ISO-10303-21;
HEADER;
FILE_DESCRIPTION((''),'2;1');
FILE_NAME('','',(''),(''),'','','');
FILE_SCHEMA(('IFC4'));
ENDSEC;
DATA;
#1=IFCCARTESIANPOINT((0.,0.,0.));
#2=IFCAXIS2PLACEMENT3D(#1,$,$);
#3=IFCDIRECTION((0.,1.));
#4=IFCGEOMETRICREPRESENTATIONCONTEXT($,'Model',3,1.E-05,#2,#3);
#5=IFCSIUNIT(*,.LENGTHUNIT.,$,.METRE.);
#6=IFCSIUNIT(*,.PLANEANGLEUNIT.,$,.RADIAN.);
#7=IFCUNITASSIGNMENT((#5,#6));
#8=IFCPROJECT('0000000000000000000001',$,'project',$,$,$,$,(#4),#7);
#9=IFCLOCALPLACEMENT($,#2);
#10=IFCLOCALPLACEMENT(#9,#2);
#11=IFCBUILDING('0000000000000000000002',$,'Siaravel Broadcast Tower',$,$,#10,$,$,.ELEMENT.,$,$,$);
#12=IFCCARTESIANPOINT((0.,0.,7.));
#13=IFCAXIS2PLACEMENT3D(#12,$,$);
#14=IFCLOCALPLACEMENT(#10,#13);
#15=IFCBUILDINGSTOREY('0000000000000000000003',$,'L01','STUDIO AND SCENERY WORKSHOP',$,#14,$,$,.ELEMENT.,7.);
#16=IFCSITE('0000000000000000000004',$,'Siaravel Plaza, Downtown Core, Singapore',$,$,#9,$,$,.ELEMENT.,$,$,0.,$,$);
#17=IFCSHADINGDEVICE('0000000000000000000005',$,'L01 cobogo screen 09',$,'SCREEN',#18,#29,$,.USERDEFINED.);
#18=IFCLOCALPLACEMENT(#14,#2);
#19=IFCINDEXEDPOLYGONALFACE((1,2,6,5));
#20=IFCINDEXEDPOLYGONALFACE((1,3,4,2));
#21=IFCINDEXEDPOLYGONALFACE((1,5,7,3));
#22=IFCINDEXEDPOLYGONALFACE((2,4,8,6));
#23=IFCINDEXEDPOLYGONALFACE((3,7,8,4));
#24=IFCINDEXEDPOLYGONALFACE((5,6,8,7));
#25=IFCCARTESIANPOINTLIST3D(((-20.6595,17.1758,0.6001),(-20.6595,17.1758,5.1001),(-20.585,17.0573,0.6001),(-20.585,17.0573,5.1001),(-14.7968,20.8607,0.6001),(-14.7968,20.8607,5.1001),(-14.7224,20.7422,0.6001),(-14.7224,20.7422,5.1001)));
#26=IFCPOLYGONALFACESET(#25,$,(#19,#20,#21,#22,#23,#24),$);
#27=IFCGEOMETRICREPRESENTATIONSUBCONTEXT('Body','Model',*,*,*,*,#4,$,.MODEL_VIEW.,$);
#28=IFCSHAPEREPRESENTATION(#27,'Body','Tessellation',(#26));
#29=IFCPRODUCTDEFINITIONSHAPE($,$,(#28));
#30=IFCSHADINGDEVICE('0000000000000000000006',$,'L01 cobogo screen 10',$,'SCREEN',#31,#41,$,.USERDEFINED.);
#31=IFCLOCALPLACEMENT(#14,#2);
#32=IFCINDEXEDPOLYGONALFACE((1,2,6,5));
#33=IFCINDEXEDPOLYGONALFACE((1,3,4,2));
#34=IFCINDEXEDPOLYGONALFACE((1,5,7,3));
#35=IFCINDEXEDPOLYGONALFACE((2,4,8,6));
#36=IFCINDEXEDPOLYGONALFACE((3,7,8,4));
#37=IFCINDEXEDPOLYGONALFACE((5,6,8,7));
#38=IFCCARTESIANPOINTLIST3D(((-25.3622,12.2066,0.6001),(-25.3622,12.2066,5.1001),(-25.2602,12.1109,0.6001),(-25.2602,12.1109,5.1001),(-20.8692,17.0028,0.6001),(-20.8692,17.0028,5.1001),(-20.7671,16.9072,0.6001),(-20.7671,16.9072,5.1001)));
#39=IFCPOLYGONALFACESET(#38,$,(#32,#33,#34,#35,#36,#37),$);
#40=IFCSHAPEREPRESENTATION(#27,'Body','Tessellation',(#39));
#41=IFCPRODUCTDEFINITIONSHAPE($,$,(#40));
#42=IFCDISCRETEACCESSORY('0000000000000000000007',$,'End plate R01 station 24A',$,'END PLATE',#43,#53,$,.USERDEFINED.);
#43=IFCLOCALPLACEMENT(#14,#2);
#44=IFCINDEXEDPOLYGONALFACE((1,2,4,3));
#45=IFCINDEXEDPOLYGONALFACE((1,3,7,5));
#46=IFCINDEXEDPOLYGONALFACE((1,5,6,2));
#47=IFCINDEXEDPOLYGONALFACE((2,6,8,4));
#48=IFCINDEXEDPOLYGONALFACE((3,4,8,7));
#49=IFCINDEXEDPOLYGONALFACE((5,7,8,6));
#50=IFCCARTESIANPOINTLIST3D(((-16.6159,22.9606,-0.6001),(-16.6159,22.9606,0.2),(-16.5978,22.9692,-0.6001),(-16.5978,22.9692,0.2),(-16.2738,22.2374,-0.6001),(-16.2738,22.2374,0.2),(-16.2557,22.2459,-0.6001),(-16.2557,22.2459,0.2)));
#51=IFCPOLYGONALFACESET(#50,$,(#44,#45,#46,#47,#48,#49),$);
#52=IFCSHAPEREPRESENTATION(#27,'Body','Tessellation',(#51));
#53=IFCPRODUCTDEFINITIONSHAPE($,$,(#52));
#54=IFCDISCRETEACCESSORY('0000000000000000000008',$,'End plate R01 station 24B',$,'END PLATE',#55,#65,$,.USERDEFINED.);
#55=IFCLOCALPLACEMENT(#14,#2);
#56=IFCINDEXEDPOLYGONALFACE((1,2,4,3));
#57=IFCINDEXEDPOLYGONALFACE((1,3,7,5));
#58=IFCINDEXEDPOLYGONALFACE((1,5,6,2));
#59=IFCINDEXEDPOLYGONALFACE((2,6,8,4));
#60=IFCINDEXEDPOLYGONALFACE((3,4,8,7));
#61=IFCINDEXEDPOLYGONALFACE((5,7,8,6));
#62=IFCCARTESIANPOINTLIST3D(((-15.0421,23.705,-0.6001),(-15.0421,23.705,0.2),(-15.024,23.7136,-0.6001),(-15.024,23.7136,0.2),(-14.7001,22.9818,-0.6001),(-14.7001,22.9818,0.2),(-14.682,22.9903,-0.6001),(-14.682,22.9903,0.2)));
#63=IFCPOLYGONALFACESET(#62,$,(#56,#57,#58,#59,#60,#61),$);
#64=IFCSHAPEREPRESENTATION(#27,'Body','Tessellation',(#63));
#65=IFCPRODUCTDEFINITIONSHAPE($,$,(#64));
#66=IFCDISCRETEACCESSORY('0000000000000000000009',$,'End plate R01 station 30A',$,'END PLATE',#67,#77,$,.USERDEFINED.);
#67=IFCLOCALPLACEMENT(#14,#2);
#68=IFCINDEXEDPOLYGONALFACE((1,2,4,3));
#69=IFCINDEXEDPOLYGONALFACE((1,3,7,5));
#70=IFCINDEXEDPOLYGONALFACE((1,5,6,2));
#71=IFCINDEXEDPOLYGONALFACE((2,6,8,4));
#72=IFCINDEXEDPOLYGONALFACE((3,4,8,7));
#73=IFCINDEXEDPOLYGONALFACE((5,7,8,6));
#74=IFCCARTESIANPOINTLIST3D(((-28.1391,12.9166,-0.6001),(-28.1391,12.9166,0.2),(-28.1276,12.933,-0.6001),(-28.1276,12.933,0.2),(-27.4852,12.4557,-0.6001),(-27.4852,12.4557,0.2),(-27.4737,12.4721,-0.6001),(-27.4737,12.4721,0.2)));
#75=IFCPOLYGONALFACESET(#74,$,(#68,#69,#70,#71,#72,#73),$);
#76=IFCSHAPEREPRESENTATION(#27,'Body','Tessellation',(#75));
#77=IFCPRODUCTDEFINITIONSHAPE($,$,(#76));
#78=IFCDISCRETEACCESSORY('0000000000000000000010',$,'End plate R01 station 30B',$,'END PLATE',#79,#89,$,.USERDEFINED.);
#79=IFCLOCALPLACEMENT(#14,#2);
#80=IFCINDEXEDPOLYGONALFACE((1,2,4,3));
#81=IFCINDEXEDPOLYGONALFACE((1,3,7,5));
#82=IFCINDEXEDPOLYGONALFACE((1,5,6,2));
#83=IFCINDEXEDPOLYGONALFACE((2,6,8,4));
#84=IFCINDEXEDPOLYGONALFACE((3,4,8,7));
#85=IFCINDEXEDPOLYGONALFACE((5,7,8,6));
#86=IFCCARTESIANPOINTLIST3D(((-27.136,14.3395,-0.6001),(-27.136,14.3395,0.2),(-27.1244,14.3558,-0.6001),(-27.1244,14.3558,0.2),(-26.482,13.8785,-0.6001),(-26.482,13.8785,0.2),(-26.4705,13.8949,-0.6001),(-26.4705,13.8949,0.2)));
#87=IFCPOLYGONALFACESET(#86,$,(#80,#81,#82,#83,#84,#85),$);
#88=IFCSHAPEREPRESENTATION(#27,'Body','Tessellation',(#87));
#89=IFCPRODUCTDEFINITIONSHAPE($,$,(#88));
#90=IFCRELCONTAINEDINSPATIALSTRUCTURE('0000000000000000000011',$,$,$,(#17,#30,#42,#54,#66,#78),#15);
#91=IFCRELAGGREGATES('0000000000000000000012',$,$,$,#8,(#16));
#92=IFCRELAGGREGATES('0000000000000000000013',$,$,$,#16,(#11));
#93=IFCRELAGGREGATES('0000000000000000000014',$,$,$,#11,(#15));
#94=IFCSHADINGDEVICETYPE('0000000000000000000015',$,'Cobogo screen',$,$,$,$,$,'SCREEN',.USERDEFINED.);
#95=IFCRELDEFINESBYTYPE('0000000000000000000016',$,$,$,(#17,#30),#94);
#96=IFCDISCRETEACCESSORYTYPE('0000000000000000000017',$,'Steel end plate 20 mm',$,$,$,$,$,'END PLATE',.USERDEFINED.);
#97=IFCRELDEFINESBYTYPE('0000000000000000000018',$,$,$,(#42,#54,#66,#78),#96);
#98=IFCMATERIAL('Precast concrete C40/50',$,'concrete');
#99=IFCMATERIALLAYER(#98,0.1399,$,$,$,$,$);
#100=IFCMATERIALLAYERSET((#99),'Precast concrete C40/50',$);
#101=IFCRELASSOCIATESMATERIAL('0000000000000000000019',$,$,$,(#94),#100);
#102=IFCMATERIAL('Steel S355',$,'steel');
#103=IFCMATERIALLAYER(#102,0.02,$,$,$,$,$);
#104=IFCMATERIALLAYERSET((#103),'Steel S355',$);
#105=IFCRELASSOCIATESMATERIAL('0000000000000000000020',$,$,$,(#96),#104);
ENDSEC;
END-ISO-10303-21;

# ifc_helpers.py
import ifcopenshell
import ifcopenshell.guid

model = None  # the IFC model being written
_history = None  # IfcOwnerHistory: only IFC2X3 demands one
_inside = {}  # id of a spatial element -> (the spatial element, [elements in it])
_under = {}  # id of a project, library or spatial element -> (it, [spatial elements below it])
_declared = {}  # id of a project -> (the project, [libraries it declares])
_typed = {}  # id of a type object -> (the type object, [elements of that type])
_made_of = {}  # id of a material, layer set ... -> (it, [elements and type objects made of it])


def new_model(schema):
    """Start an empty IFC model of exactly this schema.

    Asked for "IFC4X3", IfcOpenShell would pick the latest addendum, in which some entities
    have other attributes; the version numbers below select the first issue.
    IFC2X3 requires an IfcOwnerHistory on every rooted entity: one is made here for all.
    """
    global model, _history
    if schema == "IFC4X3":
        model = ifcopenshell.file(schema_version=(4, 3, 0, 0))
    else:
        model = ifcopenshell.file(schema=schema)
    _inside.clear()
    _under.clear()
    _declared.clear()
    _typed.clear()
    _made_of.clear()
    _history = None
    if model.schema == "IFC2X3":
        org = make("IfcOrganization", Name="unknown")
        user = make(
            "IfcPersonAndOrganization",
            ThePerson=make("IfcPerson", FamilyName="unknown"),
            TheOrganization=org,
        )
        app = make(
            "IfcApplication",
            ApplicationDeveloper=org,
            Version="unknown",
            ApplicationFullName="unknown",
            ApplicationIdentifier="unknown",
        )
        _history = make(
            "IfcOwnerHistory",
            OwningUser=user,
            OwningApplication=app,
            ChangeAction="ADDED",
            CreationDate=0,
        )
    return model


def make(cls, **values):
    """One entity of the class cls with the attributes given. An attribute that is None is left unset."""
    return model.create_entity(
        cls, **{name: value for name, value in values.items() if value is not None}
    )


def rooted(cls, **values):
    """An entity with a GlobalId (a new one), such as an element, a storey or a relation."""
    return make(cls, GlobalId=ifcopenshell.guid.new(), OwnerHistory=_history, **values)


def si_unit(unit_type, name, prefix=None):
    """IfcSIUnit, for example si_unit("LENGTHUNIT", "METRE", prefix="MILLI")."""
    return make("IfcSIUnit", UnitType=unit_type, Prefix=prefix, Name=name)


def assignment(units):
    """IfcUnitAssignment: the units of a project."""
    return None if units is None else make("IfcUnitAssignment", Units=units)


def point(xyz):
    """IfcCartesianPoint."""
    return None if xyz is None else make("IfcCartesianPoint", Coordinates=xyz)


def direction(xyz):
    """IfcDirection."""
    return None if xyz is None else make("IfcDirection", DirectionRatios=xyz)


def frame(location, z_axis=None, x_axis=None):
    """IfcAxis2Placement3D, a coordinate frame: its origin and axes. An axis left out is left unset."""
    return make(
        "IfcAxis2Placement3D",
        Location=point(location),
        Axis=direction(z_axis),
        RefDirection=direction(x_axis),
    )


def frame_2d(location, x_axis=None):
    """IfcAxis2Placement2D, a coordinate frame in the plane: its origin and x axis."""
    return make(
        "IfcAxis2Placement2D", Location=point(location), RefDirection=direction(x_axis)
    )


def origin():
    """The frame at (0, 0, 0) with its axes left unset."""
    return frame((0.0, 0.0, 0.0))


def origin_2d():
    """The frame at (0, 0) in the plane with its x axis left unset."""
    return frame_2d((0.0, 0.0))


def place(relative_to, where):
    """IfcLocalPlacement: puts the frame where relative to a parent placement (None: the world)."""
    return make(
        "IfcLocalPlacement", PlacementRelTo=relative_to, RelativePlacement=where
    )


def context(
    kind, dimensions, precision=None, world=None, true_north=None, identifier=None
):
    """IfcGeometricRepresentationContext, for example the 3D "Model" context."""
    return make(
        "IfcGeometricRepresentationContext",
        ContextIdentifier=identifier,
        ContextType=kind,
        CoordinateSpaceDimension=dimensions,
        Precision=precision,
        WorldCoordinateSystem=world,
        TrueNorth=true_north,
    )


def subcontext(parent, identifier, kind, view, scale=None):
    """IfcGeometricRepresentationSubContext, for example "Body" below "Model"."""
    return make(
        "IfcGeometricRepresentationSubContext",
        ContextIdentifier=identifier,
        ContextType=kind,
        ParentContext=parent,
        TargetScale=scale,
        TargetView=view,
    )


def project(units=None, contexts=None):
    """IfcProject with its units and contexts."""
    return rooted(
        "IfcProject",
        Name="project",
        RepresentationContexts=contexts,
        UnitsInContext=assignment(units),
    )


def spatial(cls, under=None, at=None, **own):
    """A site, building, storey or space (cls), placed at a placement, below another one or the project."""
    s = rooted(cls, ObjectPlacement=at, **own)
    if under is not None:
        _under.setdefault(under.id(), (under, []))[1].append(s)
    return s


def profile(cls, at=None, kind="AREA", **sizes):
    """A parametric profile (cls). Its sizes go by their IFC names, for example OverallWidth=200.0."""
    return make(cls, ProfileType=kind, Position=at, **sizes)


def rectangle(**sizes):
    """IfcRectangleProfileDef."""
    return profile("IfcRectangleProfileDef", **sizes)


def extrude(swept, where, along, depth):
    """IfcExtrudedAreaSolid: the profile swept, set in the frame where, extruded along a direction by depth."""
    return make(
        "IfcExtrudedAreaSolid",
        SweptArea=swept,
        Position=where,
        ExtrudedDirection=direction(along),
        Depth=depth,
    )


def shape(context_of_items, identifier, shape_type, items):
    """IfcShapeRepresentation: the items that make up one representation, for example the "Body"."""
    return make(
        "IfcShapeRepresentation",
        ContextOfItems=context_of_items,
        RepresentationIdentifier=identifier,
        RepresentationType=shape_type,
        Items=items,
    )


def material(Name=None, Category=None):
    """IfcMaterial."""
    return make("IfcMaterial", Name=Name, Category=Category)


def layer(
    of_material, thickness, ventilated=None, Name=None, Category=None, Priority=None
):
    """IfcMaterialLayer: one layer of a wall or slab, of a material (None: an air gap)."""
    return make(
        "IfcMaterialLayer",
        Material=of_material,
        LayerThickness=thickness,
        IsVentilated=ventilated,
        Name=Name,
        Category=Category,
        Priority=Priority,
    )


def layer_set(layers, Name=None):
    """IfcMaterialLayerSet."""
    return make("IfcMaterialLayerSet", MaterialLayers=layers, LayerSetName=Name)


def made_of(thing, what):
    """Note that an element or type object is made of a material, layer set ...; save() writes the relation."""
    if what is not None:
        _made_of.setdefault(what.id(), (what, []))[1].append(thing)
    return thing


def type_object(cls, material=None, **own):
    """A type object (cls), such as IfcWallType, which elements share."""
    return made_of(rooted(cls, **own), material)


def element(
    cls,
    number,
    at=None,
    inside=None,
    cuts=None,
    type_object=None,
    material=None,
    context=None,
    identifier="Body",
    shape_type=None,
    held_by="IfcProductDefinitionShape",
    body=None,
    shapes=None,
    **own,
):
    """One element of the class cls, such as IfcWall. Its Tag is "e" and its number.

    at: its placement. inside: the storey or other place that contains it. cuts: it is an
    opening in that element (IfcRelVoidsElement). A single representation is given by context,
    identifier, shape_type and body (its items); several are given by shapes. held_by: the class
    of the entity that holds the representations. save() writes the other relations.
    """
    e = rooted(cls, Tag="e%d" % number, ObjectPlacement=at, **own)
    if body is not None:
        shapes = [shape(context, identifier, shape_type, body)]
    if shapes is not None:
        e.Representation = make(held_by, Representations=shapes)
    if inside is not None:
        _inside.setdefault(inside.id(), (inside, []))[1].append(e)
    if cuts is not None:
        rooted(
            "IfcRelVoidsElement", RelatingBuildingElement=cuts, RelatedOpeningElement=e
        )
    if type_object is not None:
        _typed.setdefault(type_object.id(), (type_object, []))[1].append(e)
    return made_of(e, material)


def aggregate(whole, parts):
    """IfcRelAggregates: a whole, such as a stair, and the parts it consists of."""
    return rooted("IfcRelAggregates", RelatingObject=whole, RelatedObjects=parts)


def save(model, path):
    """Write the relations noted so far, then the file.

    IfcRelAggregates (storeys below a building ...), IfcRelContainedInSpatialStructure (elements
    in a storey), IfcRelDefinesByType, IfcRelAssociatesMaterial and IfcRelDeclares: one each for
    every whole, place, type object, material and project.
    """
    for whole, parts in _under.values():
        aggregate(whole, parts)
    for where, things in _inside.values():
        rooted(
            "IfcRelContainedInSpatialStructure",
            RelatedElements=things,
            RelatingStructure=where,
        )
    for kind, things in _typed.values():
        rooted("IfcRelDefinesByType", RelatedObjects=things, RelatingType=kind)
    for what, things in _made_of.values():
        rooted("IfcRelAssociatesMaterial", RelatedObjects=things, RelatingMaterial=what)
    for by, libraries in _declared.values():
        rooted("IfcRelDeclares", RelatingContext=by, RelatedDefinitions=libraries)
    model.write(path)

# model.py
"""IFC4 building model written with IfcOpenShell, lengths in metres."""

from ifc_helpers import new_model, si_unit, direction, frame, origin, origin_2d, place, context, subcontext, project, spatial, rectangle, extrude, material, layer, layer_set, type_object, element, save


model = new_model("IFC4")

# Units and contexts
model_context = context("Model", 3, precision=1e-05, world=origin(), true_north=direction((0.0, 1.0)))
body_context = subcontext(model_context, "Body", "Model", "MODEL_VIEW")
ifc_project = project(units=[si_unit("LENGTHUNIT", "METRE"), si_unit("PLANEANGLEUNIT", "RADIAN")], contexts=[model_context])

# Site, building, storey
site_placement = place(None, origin())
site = spatial("IfcSite", under=ifc_project, at=site_placement, Name="Siaravel Plaza, Downtown Core, Singapore", CompositionType="ELEMENT", RefElevation=0.0)
building_placement = place(site_placement, origin())
building = spatial("IfcBuilding", under=site, at=building_placement, Name="Siaravel Broadcast Tower", CompositionType="ELEMENT")
storey_placement = place(building_placement, frame((0.0, 0.0, 7.0)))
storey = spatial("IfcBuildingStorey", under=building, at=storey_placement, Name="L01", Description="STUDIO AND SCENERY WORKSHOP", CompositionType="ELEMENT", Elevation=7.0)

# Shared definitions
ifc_material_1 = material(Name="Steel S355", Category="steel")

# Shading devices
ifc_material_2 = material(Name="Precast concrete C40/50", Category="concrete")
ifc_layer_1 = layer(ifc_material_2, 0.1399)
ifc_layer_set_1 = layer_set([ifc_layer_1], Name="Precast concrete C40/50")
shading_device_type_1 = type_object("IfcShadingDeviceType", Name="Cobogo screen", ElementType="SCREEN", PredefinedType="USERDEFINED", material=ifc_layer_set_1)
shading_device_1_placement = place(storey_placement, frame((-17.6909, 18.959, 0.6001), z_axis=(0.0, 0.0, 1.0), x_axis=(-0.84665, -0.532149, 0.0)))
element("IfcShadingDevice", 1, at=shading_device_1_placement, inside=storey, type_object=shading_device_type_1, Name="L01 cobogo screen 09", ObjectType="SCREEN", PredefinedType="USERDEFINED", context=body_context, shape_type="SweptSolid", body=[
    extrude(rectangle(XDim=6.9246, YDim=0.1399, at=origin_2d()), origin(), (0.0, 0.0, 1.0), 4.5),
])
shading_device_2_placement = place(storey_placement, frame((-23.0647, 14.5569, 0.6001), z_axis=(0.0, 0.0, 1.0), x_axis=(-0.683656, -0.729804, 0.0)))
element("IfcShadingDevice", 2, at=shading_device_2_placement, inside=storey, type_object=shading_device_type_1, Name="L01 cobogo screen 10", ObjectType="SCREEN", PredefinedType="USERDEFINED", context=body_context, shape_type="SweptSolid", body=[
    extrude(rectangle(XDim=6.572, YDim=0.1399, at=origin_2d()), origin(), (0.0, 0.0, 1.0), 4.5),
])

# Discrete accessories
ifc_layer_2 = layer(ifc_material_1, 0.02)
ifc_layer_set_2 = layer_set([ifc_layer_2], Name="Steel S355")
discrete_accessory_type = type_object("IfcDiscreteAccessoryType", Name="Steel end plate 20 mm", ElementType="END PLATE", PredefinedType="USERDEFINED", material=ifc_layer_set_2)
for number, where, z_axis, x_axis, name in (
    (3, (-16.4358, 22.6033, -0.6001), (0.0, 0.0, 1.0), (-0.904006, -0.427519, 0.0), "End plate R01 station 24A"),
    (4, (-14.8621, 23.3477, -0.6001), (0.0, 0.0, 1.0), (-0.904006, -0.427519, 0.0), "End plate R01 station 24B"),
    (5, (-27.8064, 12.6943, -0.6001), (0.0, 0.0, 1.0), (-0.576119, -0.817366, 0.0), "End plate R01 station 30A"),
    (6, (-26.8032, 14.1172, -0.6001), (0.0, 0.0, 1.0), (-0.576119, -0.817366, 0.0), "End plate R01 station 30B"),
):
    element("IfcDiscreteAccessory", number, at=place(storey_placement, frame(where, z_axis=z_axis, x_axis=x_axis)), inside=storey, type_object=discrete_accessory_type, Name=name, ObjectType="END PLATE", PredefinedType="USERDEFINED", context=body_context, shape_type="SweptSolid", body=[
        extrude(rectangle(XDim=0.02, YDim=0.8, at=origin_2d()), origin(), (0.0, 0.0, 1.0), 0.8),
    ])

save(model, "model.ifc")
